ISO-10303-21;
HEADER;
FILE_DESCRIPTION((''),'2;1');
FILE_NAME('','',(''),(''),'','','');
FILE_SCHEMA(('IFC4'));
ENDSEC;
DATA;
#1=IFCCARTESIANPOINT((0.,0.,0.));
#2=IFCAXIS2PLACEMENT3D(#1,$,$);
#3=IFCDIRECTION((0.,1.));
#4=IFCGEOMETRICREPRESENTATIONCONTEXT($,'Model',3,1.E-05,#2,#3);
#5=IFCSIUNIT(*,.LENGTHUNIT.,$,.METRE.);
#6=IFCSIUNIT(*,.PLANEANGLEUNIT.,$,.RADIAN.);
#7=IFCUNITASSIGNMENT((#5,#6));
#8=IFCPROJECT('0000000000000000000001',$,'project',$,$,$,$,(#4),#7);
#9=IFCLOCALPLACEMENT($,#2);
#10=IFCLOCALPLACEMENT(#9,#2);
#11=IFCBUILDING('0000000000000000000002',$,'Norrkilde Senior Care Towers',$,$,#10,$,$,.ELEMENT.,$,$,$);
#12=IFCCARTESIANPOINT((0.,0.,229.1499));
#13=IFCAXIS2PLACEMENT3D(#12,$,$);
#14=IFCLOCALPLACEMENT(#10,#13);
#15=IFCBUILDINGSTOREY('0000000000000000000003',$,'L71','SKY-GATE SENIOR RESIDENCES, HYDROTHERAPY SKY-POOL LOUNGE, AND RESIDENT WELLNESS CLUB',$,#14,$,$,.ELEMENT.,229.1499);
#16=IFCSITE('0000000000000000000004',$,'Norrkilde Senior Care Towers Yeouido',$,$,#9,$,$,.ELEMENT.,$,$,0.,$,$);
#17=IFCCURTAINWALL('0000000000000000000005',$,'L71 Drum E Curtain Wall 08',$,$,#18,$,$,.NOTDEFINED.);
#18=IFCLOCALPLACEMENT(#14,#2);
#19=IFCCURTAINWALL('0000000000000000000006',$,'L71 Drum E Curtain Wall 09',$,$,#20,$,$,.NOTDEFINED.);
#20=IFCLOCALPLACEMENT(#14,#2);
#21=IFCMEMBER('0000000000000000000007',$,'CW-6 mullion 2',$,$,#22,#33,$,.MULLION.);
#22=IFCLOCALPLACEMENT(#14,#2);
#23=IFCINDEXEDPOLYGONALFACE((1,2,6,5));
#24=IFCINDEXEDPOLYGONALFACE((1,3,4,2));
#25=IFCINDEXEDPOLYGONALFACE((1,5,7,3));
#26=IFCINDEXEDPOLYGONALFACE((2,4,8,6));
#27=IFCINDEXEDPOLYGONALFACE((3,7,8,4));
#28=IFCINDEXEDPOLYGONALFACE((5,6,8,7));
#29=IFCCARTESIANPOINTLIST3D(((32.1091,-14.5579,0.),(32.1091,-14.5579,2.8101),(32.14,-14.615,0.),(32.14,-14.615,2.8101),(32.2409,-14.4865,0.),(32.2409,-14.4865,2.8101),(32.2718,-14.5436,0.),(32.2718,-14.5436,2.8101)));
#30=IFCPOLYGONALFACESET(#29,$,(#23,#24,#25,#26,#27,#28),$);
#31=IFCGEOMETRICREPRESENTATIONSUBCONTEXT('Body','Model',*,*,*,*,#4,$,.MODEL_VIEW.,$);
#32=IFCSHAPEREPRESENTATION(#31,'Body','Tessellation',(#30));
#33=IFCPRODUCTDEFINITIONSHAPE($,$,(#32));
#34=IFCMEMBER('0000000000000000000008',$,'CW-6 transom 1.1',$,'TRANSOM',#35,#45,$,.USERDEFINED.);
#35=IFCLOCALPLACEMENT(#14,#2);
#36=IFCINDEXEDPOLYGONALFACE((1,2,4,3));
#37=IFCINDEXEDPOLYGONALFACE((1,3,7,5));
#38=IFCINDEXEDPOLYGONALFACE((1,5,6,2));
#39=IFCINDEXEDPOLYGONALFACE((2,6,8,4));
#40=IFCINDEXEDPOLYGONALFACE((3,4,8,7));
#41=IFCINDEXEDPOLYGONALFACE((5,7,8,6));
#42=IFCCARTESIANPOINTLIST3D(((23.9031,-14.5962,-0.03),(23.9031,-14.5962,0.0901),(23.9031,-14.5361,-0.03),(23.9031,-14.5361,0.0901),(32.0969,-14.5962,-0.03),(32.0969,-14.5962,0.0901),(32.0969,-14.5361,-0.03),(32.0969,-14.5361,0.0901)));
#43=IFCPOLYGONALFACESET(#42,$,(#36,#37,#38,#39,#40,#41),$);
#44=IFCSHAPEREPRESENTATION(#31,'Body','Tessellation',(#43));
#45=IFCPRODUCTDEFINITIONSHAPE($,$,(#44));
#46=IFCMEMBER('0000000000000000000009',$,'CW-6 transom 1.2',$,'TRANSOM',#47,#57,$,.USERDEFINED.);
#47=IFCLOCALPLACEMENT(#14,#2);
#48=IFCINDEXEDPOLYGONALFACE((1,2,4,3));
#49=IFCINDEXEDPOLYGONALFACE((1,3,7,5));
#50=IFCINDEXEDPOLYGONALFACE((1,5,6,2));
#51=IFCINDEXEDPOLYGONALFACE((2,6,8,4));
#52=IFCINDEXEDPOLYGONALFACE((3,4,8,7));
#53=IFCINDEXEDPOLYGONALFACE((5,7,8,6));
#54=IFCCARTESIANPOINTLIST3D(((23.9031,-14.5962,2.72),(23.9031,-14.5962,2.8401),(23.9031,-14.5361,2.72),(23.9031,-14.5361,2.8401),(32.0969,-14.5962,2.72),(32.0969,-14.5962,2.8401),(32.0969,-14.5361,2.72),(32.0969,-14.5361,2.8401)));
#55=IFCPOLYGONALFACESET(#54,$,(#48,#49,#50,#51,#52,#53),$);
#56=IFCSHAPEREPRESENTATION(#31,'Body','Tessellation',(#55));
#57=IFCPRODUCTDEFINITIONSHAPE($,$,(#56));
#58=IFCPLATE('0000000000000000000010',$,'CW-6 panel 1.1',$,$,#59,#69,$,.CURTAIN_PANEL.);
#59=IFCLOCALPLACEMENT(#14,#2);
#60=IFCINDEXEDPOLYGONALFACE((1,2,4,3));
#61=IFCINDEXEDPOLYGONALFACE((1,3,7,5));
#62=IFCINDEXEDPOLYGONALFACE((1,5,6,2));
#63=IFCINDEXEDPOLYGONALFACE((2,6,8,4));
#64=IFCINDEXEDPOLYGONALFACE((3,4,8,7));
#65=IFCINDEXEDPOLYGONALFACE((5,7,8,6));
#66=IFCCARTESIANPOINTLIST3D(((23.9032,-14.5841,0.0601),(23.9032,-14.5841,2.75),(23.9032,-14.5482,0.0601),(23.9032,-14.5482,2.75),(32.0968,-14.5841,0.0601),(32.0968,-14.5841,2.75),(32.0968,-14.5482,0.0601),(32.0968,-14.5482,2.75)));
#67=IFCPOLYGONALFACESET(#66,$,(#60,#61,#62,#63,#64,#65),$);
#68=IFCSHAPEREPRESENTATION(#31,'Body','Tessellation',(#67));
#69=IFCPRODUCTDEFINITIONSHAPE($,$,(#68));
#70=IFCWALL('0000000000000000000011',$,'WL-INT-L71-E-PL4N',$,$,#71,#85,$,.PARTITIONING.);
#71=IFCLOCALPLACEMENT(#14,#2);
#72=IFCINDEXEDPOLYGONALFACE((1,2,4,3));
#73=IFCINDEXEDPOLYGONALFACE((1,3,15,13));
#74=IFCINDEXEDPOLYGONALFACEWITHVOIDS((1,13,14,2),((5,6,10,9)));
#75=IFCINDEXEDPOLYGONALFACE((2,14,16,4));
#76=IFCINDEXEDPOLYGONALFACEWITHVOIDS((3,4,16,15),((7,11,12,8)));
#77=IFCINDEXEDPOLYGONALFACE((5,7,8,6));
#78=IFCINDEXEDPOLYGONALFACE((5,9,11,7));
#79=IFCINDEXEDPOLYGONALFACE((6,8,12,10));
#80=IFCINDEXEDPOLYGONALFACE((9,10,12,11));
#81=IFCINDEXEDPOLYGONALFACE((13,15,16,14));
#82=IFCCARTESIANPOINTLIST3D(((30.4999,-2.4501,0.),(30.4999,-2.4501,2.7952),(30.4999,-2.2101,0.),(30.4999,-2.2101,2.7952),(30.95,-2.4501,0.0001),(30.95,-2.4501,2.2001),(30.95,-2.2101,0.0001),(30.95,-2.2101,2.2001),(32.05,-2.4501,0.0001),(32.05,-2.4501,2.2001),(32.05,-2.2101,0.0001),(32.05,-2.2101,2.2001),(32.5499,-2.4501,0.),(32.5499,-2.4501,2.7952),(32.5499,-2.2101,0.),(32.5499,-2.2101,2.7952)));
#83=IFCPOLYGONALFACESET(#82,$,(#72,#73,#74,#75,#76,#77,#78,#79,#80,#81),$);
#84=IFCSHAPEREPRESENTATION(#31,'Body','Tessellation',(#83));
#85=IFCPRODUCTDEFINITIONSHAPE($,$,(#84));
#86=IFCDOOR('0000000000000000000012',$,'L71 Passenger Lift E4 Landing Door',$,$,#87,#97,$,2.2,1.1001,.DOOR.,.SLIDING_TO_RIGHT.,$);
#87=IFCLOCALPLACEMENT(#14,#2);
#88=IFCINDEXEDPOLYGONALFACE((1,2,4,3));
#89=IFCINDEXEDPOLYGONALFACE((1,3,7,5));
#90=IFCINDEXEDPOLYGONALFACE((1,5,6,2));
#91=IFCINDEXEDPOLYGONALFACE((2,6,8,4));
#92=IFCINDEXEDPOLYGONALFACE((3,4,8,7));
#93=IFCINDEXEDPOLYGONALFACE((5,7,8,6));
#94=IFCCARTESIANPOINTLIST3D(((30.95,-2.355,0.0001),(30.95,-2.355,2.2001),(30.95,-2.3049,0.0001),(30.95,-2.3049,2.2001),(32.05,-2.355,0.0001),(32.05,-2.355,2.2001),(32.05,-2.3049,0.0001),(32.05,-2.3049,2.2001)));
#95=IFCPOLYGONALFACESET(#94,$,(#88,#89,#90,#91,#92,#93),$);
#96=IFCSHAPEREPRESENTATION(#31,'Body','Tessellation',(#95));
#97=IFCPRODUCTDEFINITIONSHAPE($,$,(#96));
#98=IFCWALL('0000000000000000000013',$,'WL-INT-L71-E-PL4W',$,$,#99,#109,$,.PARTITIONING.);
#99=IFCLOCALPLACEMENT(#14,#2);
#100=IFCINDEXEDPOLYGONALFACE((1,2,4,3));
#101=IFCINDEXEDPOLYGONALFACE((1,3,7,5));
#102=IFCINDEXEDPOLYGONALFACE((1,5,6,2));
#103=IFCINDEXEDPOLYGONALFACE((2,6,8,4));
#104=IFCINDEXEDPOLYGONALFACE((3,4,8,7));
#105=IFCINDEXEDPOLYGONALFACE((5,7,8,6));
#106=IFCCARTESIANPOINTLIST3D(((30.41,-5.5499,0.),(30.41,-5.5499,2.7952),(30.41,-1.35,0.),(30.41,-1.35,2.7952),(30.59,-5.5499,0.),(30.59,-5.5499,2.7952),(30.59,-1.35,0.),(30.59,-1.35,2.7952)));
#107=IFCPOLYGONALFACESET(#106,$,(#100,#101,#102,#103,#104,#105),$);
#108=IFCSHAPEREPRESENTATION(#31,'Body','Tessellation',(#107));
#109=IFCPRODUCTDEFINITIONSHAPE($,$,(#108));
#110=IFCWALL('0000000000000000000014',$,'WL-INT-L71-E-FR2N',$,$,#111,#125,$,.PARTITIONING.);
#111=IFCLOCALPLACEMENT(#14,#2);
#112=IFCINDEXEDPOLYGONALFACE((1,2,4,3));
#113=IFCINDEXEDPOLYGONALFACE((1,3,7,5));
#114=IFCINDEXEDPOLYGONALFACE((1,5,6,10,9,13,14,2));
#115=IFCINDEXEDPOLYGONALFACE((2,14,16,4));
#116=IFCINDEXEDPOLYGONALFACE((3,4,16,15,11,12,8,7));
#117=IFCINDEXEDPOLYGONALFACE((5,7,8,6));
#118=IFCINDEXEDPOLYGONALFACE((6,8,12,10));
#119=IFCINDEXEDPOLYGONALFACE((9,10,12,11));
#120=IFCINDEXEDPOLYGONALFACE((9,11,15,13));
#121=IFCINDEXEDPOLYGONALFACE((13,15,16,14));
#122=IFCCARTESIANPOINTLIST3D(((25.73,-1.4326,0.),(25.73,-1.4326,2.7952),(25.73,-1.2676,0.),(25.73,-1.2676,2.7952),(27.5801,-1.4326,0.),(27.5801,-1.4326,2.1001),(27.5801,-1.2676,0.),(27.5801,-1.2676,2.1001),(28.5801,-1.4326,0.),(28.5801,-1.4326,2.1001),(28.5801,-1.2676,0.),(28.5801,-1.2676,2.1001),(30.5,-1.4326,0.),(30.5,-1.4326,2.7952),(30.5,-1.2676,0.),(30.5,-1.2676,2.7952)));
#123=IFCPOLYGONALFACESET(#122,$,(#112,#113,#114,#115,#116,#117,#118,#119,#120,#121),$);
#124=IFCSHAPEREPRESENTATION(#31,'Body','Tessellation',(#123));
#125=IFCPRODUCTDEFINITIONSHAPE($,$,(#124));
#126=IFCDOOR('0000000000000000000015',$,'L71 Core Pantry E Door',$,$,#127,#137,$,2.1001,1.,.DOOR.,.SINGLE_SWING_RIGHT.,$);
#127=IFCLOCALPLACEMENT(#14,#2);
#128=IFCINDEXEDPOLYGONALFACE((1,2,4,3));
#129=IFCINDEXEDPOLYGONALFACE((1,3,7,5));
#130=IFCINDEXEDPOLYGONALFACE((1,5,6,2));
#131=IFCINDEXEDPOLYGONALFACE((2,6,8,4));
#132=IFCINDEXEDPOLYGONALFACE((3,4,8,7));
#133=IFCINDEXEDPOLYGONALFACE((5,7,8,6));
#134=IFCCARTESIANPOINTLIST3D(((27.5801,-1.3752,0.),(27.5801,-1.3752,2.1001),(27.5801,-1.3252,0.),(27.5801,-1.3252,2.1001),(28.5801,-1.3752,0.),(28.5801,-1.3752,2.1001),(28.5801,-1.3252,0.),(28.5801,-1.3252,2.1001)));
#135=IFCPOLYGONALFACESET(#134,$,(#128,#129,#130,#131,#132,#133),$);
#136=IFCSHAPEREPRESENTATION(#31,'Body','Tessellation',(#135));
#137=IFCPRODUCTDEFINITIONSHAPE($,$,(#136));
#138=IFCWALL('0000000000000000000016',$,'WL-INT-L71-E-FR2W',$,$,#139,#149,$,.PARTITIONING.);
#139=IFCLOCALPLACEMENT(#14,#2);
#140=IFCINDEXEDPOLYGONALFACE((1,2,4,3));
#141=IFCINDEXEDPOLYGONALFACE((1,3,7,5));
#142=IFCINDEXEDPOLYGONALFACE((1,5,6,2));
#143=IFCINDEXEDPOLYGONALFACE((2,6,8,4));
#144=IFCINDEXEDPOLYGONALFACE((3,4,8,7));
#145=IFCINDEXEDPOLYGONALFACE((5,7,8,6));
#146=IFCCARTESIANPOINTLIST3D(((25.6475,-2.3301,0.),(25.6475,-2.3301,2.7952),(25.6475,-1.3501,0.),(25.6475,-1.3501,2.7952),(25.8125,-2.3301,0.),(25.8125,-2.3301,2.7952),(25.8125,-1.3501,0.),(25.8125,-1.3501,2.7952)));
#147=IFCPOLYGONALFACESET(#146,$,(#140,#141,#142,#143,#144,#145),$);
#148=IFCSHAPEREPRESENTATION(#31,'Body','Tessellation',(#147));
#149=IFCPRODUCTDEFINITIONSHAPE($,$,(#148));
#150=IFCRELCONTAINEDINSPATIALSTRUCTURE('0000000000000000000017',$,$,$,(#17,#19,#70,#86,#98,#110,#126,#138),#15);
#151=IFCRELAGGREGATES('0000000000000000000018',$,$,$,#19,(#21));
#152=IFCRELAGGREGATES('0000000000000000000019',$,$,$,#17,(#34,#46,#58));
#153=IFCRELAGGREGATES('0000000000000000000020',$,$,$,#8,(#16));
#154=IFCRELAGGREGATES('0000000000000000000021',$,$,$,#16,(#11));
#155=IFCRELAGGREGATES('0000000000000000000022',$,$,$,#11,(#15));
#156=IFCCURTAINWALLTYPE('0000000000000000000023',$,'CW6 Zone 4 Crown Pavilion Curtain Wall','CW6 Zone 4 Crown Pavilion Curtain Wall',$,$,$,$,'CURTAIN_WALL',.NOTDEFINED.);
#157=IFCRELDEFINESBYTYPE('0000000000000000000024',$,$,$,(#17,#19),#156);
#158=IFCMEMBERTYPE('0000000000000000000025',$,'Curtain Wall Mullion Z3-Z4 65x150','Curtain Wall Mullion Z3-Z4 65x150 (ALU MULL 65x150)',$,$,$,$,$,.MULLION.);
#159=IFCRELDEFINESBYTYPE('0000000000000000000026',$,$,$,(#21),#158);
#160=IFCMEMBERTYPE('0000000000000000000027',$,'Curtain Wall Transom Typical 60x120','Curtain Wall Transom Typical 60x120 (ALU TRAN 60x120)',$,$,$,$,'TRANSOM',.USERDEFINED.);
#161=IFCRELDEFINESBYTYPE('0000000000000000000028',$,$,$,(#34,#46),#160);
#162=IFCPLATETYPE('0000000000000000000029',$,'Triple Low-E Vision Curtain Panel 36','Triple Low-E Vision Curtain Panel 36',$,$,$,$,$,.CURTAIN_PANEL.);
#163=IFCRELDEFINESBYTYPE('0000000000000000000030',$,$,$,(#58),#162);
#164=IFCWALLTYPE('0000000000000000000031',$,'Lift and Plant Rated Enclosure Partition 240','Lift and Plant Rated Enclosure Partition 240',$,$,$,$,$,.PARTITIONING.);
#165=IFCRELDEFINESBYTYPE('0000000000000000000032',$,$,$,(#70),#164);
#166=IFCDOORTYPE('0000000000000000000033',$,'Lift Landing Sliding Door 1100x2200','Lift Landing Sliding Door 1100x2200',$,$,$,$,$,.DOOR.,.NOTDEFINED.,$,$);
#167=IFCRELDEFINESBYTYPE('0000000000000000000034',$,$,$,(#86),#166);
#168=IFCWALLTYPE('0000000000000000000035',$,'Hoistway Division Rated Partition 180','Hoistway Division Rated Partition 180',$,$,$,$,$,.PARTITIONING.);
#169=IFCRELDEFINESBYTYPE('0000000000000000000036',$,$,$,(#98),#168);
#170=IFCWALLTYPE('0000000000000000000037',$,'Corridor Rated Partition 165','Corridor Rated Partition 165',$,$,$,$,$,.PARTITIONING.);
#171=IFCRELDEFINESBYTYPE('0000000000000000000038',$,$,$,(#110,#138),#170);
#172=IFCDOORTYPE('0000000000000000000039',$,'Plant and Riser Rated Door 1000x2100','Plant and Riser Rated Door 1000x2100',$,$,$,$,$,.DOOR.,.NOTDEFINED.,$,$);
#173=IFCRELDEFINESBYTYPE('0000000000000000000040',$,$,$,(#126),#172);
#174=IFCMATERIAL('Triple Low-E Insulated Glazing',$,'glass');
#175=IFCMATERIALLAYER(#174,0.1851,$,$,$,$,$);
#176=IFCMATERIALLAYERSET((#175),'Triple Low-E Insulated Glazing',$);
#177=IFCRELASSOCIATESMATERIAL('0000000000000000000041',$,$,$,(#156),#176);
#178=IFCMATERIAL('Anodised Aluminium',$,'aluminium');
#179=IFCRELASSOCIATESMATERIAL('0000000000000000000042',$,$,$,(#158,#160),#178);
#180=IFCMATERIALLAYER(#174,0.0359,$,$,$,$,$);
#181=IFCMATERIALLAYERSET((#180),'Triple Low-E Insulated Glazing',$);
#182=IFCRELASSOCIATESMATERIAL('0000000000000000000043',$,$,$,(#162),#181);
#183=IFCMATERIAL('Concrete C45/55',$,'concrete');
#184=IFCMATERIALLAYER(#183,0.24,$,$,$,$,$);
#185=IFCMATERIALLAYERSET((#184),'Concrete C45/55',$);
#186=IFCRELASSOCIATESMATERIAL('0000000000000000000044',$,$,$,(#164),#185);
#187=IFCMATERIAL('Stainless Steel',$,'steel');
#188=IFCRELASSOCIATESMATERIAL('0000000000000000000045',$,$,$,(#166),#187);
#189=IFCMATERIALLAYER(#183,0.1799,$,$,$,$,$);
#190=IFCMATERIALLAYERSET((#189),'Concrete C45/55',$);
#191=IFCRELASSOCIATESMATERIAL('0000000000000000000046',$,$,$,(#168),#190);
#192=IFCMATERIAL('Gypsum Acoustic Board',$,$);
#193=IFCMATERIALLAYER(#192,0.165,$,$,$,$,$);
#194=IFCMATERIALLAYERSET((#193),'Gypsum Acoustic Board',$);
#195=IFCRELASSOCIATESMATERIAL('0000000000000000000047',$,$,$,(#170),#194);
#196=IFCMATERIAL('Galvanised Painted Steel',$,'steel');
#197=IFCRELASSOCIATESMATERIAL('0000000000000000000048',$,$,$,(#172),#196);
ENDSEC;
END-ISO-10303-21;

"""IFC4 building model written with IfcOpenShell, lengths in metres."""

from ifc_helpers import new_model, si_unit, direction, frame, frame_2d, origin, origin_2d, place, context, subcontext, project, spatial, rectangle, extrude, source, transform, mapped, material, layer, layer_set, material_profile, profile_set, type_object, type_shapes, element, fill, aggregate, save


model = new_model("IFC4")

# Units and contexts
model_context = context("Model", 3, precision=1e-05, world=origin(), true_north=direction((0.0, 1.0)))
body_context = subcontext(model_context, "Body", "Model", "MODEL_VIEW")
ifc_project = project(units=[si_unit("LENGTHUNIT", "METRE"), si_unit("PLANEANGLEUNIT", "RADIAN")], contexts=[model_context])

# Site, building, storey
site_placement = place(None, origin())
site = spatial("IfcSite", under=ifc_project, at=site_placement, Name="Norrkilde Senior Care Towers Yeouido", CompositionType="ELEMENT", RefElevation=0.0)
building_placement = place(site_placement, origin())
building = spatial("IfcBuilding", under=site, at=building_placement, Name="Norrkilde Senior Care Towers", CompositionType="ELEMENT")
storey_placement = place(building_placement, frame((0.0, 0.0, 229.1499)))
storey = spatial("IfcBuildingStorey", under=building, at=storey_placement, Name="L71", Description="SKY-GATE SENIOR RESIDENCES, HYDROTHERAPY SKY-POOL LOUNGE, AND RESIDENT WELLNESS CLUB", CompositionType="ELEMENT", Elevation=229.1499)

# Shared definitions
ifc_material_1 = material(Name="Triple Low-E Insulated Glazing", Category="glass")
ifc_layer_1 = layer(ifc_material_1, 0.1851)
ifc_layer_set_1 = layer_set([ifc_layer_1], Name="Triple Low-E Insulated Glazing")
curtain_wall_type = type_object("IfcCurtainWallType", Name="CW6 Zone 4 Crown Pavilion Curtain Wall", Description="CW6 Zone 4 Crown Pavilion Curtain Wall", ElementType="CURTAIN_WALL", PredefinedType="NOTDEFINED", material=ifc_layer_set_1)
ifc_material_2 = material(Name="Anodised Aluminium", Category="aluminium")
ifc_material_profile_1 = material_profile(ifc_material_2, rectangle(XDim=0.0649, YDim=0.1499, at=origin_2d()), Name="ALU MULL 65x150")
ifc_profile_set_1 = profile_set([ifc_material_profile_1], Name="Anodised Aluminium")
member_type_1 = type_object("IfcMemberType", Name="Curtain Wall Mullion Z3-Z4 65x150", Description="Curtain Wall Mullion Z3-Z4 65x150 (ALU MULL 65x150)", PredefinedType="MULLION", material=ifc_profile_set_1)
shared_shape_1 = source(origin(), body_context, "Body", "SweptSolid", [
    extrude(rectangle(XDim=0.0649, YDim=0.1499, at=origin_2d()), origin(), (0.0, 0.0, 1.0), 2.8101),
])
type_shapes(member_type_1, [shared_shape_1])

# Curtain wall
curtain_wall_1_placement = place(storey_placement, origin())
curtain_wall_1 = element("IfcCurtainWall", 1, at=curtain_wall_1_placement, inside=storey, type_object=curtain_wall_type, Name="L71 Drum E Curtain Wall 08", PredefinedType="NOTDEFINED")

# Curtain wall, member
curtain_wall_2_placement = place(storey_placement, origin())
curtain_wall_2 = element("IfcCurtainWall", 2, at=curtain_wall_2_placement, inside=storey, type_object=curtain_wall_type, Name="L71 Drum E Curtain Wall 09", PredefinedType="NOTDEFINED")
member_1_placement = place(storey_placement, frame((32.1904, -14.5508, 0.0), z_axis=(0.0, 0.0, 1.0), x_axis=(0.476133, -0.879373, 0.0)))
member_1 = element("IfcMember", 3, at=member_1_placement, type_object=member_type_1, Name="CW-6 mullion 2", PredefinedType="MULLION", context=body_context, shape_type="MappedRepresentation", body=[
    mapped(shared_shape_1, transform((0.0, 0.0, 0.0), x_axis=(1.0, 0.0, 0.0), y_axis=(0.0, 1.0, 0.0), z_axis=(0.0, 0.0, 1.0), scale=1.0)),
])
aggregate(curtain_wall_2, [member_1])

# Members
ifc_material_profile_2 = material_profile(ifc_material_2, rectangle(XDim=0.0601, YDim=0.1201, at=origin_2d()), Name="ALU TRAN 60x120")
ifc_profile_set_2 = profile_set([ifc_material_profile_2], Name="Anodised Aluminium")
member_type_2 = type_object("IfcMemberType", Name="Curtain Wall Transom Typical 60x120", Description="Curtain Wall Transom Typical 60x120 (ALU TRAN 60x120)", ElementType="TRANSOM", PredefinedType="USERDEFINED", material=ifc_profile_set_2)
shared_shape_2 = source(origin(), body_context, "Body", "SweptSolid", [
    extrude(rectangle(XDim=0.0601, YDim=0.1201, at=origin_2d()), origin(), (0.0, 0.0, 1.0), 8.1938),
])
type_shapes(member_type_2, [shared_shape_2])
member_2_placement = place(storey_placement, frame((32.0969, -14.5662, 0.03), z_axis=(-1.0, 0.0, 0.0), x_axis=(0.0, -1.0, 0.0)))
member_2 = element("IfcMember", 4, at=member_2_placement, type_object=member_type_2, Name="CW-6 transom 1.1", ObjectType="TRANSOM", PredefinedType="USERDEFINED", context=body_context, shape_type="MappedRepresentation", body=[
    mapped(shared_shape_2, transform((0.0, 0.0, 0.0), x_axis=(1.0, 0.0, 0.0), y_axis=(0.0, 1.0, 0.0), z_axis=(0.0, 0.0, 1.0), scale=1.0)),
])
member_3_placement = place(storey_placement, frame((32.0969, -14.5662, 2.78), z_axis=(-1.0, 0.0, 0.0), x_axis=(0.0, -1.0, 0.0)))
member_3 = element("IfcMember", 5, at=member_3_placement, type_object=member_type_2, Name="CW-6 transom 1.2", ObjectType="TRANSOM", PredefinedType="USERDEFINED", context=body_context, shape_type="MappedRepresentation", body=[
    mapped(shared_shape_2, transform((0.0, 0.0, 0.0), x_axis=(1.0, 0.0, 0.0), y_axis=(0.0, 1.0, 0.0), z_axis=(0.0, 0.0, 1.0), scale=1.0)),
])

# Plate
ifc_layer_2 = layer(ifc_material_1, 0.0359)
ifc_layer_set_2 = layer_set([ifc_layer_2], Name="Triple Low-E Insulated Glazing")
plate_type = type_object("IfcPlateType", Name="Triple Low-E Vision Curtain Panel 36", Description="Triple Low-E Vision Curtain Panel 36", PredefinedType="CURTAIN_PANEL", material=ifc_layer_set_2)
shared_shape_3 = source(origin(), body_context, "Body", "SweptSolid", [
    extrude(rectangle(XDim=8.1936, YDim=0.0359, at=origin_2d()), origin(), (0.0, 0.0, 1.0), 2.6899),
])
type_shapes(plate_type, [shared_shape_3])
plate_placement = place(storey_placement, frame((28.0, -14.5662, 0.0601), z_axis=(0.0, 0.0, 1.0), x_axis=(-1.0, 0.0, 0.0)))
plate = element("IfcPlate", 6, at=plate_placement, type_object=plate_type, Name="CW-6 panel 1.1", PredefinedType="CURTAIN_PANEL", context=body_context, shape_type="MappedRepresentation", body=[
    mapped(shared_shape_3, transform((0.0, 0.0, 0.0), x_axis=(1.0, 0.0, 0.0), y_axis=(0.0, 1.0, 0.0), z_axis=(0.0, 0.0, 1.0), scale=1.0)),
])
aggregate(curtain_wall_1, [member_2, member_3, plate])

# Wall, opening, door
ifc_material_3 = material(Name="Concrete C45/55", Category="concrete")
ifc_layer_3 = layer(ifc_material_3, 0.24)
ifc_layer_set_3 = layer_set([ifc_layer_3], Name="Concrete C45/55")
wall_type_1 = type_object("IfcWallType", Name="Lift and Plant Rated Enclosure Partition 240", Description="Lift and Plant Rated Enclosure Partition 240", PredefinedType="PARTITIONING", material=ifc_layer_set_3)
shared_shape_4 = source(origin(), body_context, "Body", "SweptSolid", [
    extrude(rectangle(XDim=2.05, YDim=0.24, at=frame_2d((1.0249, 0.0))), origin(), (0.0, 0.0, 1.0), 2.7952),
])
type_shapes(wall_type_1, [shared_shape_4])
wall_1_placement = place(storey_placement, frame((30.5, -2.3301, 0.0), z_axis=(0.0, 0.0, 1.0), x_axis=(1.0, 0.0, 0.0)))
wall_1 = element("IfcWall", 7, at=wall_1_placement, inside=storey, type_object=wall_type_1, Name="WL-INT-L71-E-PL4N", PredefinedType="PARTITIONING", context=body_context, shape_type="MappedRepresentation", body=[
    mapped(shared_shape_4, transform((0.0, 0.0, 0.0), x_axis=(1.0, 0.0, 0.0), y_axis=(0.0, 1.0, 0.0), z_axis=(0.0, 0.0, 1.0), scale=1.0)),
])
opening_1_placement = place(wall_1_placement, frame((0.45, 0.0, 0.0)))
opening_1 = element("IfcOpeningElement", 8, at=opening_1_placement, cuts=wall_1, PredefinedType="OPENING", context=body_context, shape_type="SweptSolid", body=[
    extrude(rectangle(XDim=1.1001, YDim=2.2, at=frame_2d((0.55, 1.1001))), frame((0.0, 0.1299, 0.0), z_axis=(0.0, -1.0, 0.0), x_axis=(1.0, 0.0, 0.0)), (0.0, 0.0, 1.0), 0.26),
])
ifc_material_4 = material(Name="Stainless Steel", Category="steel")
door_type_1 = type_object("IfcDoorType", Name="Lift Landing Sliding Door 1100x2200", Description="Lift Landing Sliding Door 1100x2200", OperationType="NOTDEFINED", PredefinedType="DOOR", material=ifc_material_4)
shared_shape_5 = source(origin(), body_context, "Body", "SweptSolid", [
    extrude(rectangle(XDim=1.1001, YDim=2.2, at=frame_2d((0.55, 1.1001))), frame((0.0, 0.0249, 0.0), z_axis=(0.0, -1.0, 0.0), x_axis=(1.0, 0.0, 0.0)), (0.0, 0.0, 1.0), 0.05),
])
type_shapes(door_type_1, [shared_shape_5])
door_1_placement = place(opening_1_placement, frame((1.1001, 0.0, 0.0), z_axis=(0.0, 0.0, 1.0), x_axis=(-1.0, 0.0, 0.0)))
door_1 = element("IfcDoor", 9, at=door_1_placement, inside=storey, type_object=door_type_1, Name="L71 Passenger Lift E4 Landing Door", OperationType="SLIDING_TO_RIGHT", OverallHeight=2.2, OverallWidth=1.1001, PredefinedType="DOOR", context=body_context, shape_type="MappedRepresentation", body=[
    mapped(shared_shape_5, transform((0.0, 0.0, 0.0), x_axis=(1.0, 0.0, 0.0), y_axis=(0.0, 1.0, 0.0), z_axis=(0.0, 0.0, 1.0), scale=1.0)),
])
fill(opening_1, door_1)

# Wall
ifc_layer_4 = layer(ifc_material_3, 0.1799)
ifc_layer_set_4 = layer_set([ifc_layer_4], Name="Concrete C45/55")
wall_type_2 = type_object("IfcWallType", Name="Hoistway Division Rated Partition 180", Description="Hoistway Division Rated Partition 180", PredefinedType="PARTITIONING", material=ifc_layer_set_4)
shared_shape_6 = source(origin(), body_context, "Body", "SweptSolid", [
    extrude(rectangle(XDim=4.2, YDim=0.1799, at=frame_2d((2.1001, 0.0))), origin(), (0.0, 0.0, 1.0), 2.7952),
])
type_shapes(wall_type_2, [shared_shape_6])
wall_2_placement = place(storey_placement, frame((30.5, -5.55, 0.0), z_axis=(0.0, 0.0, 1.0), x_axis=(0.0, 1.0, 0.0)))
element("IfcWall", 10, at=wall_2_placement, inside=storey, type_object=wall_type_2, Name="WL-INT-L71-E-PL4W", PredefinedType="PARTITIONING", context=body_context, shape_type="MappedRepresentation", body=[
    mapped(shared_shape_6, transform((0.0, 0.0, 0.0), x_axis=(1.0, 0.0, 0.0), y_axis=(0.0, 1.0, 0.0), z_axis=(0.0, 0.0, 1.0), scale=1.0)),
])

# Wall, opening, door
ifc_material_5 = material(Name="Gypsum Acoustic Board")
ifc_layer_5 = layer(ifc_material_5, 0.165)
ifc_layer_set_5 = layer_set([ifc_layer_5], Name="Gypsum Acoustic Board")
wall_type_3 = type_object("IfcWallType", Name="Corridor Rated Partition 165", Description="Corridor Rated Partition 165", PredefinedType="PARTITIONING", material=ifc_layer_set_5)
shared_shape_7 = source(origin(), body_context, "Body", "SweptSolid", [
    extrude(rectangle(XDim=4.77, YDim=0.165, at=frame_2d((2.385, 0.0))), origin(), (0.0, 0.0, 1.0), 2.7952),
])
wall_3_placement = place(storey_placement, frame((25.73, -1.3501, 0.0), z_axis=(0.0, 0.0, 1.0), x_axis=(1.0, 0.0, 0.0)))
wall_3 = element("IfcWall", 11, at=wall_3_placement, inside=storey, type_object=wall_type_3, Name="WL-INT-L71-E-FR2N", PredefinedType="PARTITIONING", context=body_context, shape_type="MappedRepresentation", body=[
    mapped(shared_shape_7, transform((0.0, 0.0, 0.0), x_axis=(1.0, 0.0, 0.0), y_axis=(0.0, 1.0, 0.0), z_axis=(0.0, 0.0, 1.0), scale=1.0)),
])
opening_2_placement = place(wall_3_placement, frame((1.8501, 0.0, 0.0)))
opening_2 = element("IfcOpeningElement", 12, at=opening_2_placement, cuts=wall_3, PredefinedType="OPENING", context=body_context, shape_type="SweptSolid", body=[
    extrude(rectangle(XDim=1.0, YDim=2.1001, at=frame_2d((0.5, 1.05))), frame((0.0, 0.0925, 0.0), z_axis=(0.0, -1.0, 0.0), x_axis=(1.0, 0.0, 0.0)), (0.0, 0.0, 1.0), 0.1851),
])
ifc_material_6 = material(Name="Galvanised Painted Steel", Category="steel")
door_type_2 = type_object("IfcDoorType", Name="Plant and Riser Rated Door 1000x2100", Description="Plant and Riser Rated Door 1000x2100", OperationType="NOTDEFINED", PredefinedType="DOOR", material=ifc_material_6)
shared_shape_8 = source(origin(), body_context, "Body", "SweptSolid", [
    extrude(rectangle(XDim=1.0, YDim=2.1001, at=frame_2d((0.5, 1.05))), frame((0.0, 0.0249, 0.0), z_axis=(0.0, -1.0, 0.0), x_axis=(1.0, 0.0, 0.0)), (0.0, 0.0, 1.0), 0.05),
])
type_shapes(door_type_2, [shared_shape_8])
door_2_placement = place(opening_2_placement, origin())
door_2 = element("IfcDoor", 13, at=door_2_placement, inside=storey, type_object=door_type_2, Name="L71 Core Pantry E Door", OperationType="SINGLE_SWING_RIGHT", OverallHeight=2.1001, OverallWidth=1.0, PredefinedType="DOOR", context=body_context, shape_type="MappedRepresentation", body=[
    mapped(shared_shape_8, transform((0.0, 0.0, 0.0), x_axis=(1.0, 0.0, 0.0), y_axis=(0.0, 1.0, 0.0), z_axis=(0.0, 0.0, 1.0), scale=1.0)),
])
fill(opening_2, door_2)

# Wall
shared_shape_9 = source(origin(), body_context, "Body", "SweptSolid", [
    extrude(rectangle(XDim=0.98, YDim=0.165, at=frame_2d((0.49, 0.0))), origin(), (0.0, 0.0, 1.0), 2.7952),
])
type_shapes(wall_type_3, [shared_shape_7, shared_shape_9])
wall_4_placement = place(storey_placement, frame((25.73, -2.3301, 0.0), z_axis=(0.0, 0.0, 1.0), x_axis=(0.0, 1.0, 0.0)))
element("IfcWall", 14, at=wall_4_placement, inside=storey, type_object=wall_type_3, Name="WL-INT-L71-E-FR2W", PredefinedType="PARTITIONING", context=body_context, shape_type="MappedRepresentation", body=[
    mapped(shared_shape_9, transform((0.0, 0.0, 0.0), x_axis=(1.0, 0.0, 0.0), y_axis=(0.0, 1.0, 0.0), z_axis=(0.0, 0.0, 1.0), scale=1.0)),
])

save(model, "model.ifc")
